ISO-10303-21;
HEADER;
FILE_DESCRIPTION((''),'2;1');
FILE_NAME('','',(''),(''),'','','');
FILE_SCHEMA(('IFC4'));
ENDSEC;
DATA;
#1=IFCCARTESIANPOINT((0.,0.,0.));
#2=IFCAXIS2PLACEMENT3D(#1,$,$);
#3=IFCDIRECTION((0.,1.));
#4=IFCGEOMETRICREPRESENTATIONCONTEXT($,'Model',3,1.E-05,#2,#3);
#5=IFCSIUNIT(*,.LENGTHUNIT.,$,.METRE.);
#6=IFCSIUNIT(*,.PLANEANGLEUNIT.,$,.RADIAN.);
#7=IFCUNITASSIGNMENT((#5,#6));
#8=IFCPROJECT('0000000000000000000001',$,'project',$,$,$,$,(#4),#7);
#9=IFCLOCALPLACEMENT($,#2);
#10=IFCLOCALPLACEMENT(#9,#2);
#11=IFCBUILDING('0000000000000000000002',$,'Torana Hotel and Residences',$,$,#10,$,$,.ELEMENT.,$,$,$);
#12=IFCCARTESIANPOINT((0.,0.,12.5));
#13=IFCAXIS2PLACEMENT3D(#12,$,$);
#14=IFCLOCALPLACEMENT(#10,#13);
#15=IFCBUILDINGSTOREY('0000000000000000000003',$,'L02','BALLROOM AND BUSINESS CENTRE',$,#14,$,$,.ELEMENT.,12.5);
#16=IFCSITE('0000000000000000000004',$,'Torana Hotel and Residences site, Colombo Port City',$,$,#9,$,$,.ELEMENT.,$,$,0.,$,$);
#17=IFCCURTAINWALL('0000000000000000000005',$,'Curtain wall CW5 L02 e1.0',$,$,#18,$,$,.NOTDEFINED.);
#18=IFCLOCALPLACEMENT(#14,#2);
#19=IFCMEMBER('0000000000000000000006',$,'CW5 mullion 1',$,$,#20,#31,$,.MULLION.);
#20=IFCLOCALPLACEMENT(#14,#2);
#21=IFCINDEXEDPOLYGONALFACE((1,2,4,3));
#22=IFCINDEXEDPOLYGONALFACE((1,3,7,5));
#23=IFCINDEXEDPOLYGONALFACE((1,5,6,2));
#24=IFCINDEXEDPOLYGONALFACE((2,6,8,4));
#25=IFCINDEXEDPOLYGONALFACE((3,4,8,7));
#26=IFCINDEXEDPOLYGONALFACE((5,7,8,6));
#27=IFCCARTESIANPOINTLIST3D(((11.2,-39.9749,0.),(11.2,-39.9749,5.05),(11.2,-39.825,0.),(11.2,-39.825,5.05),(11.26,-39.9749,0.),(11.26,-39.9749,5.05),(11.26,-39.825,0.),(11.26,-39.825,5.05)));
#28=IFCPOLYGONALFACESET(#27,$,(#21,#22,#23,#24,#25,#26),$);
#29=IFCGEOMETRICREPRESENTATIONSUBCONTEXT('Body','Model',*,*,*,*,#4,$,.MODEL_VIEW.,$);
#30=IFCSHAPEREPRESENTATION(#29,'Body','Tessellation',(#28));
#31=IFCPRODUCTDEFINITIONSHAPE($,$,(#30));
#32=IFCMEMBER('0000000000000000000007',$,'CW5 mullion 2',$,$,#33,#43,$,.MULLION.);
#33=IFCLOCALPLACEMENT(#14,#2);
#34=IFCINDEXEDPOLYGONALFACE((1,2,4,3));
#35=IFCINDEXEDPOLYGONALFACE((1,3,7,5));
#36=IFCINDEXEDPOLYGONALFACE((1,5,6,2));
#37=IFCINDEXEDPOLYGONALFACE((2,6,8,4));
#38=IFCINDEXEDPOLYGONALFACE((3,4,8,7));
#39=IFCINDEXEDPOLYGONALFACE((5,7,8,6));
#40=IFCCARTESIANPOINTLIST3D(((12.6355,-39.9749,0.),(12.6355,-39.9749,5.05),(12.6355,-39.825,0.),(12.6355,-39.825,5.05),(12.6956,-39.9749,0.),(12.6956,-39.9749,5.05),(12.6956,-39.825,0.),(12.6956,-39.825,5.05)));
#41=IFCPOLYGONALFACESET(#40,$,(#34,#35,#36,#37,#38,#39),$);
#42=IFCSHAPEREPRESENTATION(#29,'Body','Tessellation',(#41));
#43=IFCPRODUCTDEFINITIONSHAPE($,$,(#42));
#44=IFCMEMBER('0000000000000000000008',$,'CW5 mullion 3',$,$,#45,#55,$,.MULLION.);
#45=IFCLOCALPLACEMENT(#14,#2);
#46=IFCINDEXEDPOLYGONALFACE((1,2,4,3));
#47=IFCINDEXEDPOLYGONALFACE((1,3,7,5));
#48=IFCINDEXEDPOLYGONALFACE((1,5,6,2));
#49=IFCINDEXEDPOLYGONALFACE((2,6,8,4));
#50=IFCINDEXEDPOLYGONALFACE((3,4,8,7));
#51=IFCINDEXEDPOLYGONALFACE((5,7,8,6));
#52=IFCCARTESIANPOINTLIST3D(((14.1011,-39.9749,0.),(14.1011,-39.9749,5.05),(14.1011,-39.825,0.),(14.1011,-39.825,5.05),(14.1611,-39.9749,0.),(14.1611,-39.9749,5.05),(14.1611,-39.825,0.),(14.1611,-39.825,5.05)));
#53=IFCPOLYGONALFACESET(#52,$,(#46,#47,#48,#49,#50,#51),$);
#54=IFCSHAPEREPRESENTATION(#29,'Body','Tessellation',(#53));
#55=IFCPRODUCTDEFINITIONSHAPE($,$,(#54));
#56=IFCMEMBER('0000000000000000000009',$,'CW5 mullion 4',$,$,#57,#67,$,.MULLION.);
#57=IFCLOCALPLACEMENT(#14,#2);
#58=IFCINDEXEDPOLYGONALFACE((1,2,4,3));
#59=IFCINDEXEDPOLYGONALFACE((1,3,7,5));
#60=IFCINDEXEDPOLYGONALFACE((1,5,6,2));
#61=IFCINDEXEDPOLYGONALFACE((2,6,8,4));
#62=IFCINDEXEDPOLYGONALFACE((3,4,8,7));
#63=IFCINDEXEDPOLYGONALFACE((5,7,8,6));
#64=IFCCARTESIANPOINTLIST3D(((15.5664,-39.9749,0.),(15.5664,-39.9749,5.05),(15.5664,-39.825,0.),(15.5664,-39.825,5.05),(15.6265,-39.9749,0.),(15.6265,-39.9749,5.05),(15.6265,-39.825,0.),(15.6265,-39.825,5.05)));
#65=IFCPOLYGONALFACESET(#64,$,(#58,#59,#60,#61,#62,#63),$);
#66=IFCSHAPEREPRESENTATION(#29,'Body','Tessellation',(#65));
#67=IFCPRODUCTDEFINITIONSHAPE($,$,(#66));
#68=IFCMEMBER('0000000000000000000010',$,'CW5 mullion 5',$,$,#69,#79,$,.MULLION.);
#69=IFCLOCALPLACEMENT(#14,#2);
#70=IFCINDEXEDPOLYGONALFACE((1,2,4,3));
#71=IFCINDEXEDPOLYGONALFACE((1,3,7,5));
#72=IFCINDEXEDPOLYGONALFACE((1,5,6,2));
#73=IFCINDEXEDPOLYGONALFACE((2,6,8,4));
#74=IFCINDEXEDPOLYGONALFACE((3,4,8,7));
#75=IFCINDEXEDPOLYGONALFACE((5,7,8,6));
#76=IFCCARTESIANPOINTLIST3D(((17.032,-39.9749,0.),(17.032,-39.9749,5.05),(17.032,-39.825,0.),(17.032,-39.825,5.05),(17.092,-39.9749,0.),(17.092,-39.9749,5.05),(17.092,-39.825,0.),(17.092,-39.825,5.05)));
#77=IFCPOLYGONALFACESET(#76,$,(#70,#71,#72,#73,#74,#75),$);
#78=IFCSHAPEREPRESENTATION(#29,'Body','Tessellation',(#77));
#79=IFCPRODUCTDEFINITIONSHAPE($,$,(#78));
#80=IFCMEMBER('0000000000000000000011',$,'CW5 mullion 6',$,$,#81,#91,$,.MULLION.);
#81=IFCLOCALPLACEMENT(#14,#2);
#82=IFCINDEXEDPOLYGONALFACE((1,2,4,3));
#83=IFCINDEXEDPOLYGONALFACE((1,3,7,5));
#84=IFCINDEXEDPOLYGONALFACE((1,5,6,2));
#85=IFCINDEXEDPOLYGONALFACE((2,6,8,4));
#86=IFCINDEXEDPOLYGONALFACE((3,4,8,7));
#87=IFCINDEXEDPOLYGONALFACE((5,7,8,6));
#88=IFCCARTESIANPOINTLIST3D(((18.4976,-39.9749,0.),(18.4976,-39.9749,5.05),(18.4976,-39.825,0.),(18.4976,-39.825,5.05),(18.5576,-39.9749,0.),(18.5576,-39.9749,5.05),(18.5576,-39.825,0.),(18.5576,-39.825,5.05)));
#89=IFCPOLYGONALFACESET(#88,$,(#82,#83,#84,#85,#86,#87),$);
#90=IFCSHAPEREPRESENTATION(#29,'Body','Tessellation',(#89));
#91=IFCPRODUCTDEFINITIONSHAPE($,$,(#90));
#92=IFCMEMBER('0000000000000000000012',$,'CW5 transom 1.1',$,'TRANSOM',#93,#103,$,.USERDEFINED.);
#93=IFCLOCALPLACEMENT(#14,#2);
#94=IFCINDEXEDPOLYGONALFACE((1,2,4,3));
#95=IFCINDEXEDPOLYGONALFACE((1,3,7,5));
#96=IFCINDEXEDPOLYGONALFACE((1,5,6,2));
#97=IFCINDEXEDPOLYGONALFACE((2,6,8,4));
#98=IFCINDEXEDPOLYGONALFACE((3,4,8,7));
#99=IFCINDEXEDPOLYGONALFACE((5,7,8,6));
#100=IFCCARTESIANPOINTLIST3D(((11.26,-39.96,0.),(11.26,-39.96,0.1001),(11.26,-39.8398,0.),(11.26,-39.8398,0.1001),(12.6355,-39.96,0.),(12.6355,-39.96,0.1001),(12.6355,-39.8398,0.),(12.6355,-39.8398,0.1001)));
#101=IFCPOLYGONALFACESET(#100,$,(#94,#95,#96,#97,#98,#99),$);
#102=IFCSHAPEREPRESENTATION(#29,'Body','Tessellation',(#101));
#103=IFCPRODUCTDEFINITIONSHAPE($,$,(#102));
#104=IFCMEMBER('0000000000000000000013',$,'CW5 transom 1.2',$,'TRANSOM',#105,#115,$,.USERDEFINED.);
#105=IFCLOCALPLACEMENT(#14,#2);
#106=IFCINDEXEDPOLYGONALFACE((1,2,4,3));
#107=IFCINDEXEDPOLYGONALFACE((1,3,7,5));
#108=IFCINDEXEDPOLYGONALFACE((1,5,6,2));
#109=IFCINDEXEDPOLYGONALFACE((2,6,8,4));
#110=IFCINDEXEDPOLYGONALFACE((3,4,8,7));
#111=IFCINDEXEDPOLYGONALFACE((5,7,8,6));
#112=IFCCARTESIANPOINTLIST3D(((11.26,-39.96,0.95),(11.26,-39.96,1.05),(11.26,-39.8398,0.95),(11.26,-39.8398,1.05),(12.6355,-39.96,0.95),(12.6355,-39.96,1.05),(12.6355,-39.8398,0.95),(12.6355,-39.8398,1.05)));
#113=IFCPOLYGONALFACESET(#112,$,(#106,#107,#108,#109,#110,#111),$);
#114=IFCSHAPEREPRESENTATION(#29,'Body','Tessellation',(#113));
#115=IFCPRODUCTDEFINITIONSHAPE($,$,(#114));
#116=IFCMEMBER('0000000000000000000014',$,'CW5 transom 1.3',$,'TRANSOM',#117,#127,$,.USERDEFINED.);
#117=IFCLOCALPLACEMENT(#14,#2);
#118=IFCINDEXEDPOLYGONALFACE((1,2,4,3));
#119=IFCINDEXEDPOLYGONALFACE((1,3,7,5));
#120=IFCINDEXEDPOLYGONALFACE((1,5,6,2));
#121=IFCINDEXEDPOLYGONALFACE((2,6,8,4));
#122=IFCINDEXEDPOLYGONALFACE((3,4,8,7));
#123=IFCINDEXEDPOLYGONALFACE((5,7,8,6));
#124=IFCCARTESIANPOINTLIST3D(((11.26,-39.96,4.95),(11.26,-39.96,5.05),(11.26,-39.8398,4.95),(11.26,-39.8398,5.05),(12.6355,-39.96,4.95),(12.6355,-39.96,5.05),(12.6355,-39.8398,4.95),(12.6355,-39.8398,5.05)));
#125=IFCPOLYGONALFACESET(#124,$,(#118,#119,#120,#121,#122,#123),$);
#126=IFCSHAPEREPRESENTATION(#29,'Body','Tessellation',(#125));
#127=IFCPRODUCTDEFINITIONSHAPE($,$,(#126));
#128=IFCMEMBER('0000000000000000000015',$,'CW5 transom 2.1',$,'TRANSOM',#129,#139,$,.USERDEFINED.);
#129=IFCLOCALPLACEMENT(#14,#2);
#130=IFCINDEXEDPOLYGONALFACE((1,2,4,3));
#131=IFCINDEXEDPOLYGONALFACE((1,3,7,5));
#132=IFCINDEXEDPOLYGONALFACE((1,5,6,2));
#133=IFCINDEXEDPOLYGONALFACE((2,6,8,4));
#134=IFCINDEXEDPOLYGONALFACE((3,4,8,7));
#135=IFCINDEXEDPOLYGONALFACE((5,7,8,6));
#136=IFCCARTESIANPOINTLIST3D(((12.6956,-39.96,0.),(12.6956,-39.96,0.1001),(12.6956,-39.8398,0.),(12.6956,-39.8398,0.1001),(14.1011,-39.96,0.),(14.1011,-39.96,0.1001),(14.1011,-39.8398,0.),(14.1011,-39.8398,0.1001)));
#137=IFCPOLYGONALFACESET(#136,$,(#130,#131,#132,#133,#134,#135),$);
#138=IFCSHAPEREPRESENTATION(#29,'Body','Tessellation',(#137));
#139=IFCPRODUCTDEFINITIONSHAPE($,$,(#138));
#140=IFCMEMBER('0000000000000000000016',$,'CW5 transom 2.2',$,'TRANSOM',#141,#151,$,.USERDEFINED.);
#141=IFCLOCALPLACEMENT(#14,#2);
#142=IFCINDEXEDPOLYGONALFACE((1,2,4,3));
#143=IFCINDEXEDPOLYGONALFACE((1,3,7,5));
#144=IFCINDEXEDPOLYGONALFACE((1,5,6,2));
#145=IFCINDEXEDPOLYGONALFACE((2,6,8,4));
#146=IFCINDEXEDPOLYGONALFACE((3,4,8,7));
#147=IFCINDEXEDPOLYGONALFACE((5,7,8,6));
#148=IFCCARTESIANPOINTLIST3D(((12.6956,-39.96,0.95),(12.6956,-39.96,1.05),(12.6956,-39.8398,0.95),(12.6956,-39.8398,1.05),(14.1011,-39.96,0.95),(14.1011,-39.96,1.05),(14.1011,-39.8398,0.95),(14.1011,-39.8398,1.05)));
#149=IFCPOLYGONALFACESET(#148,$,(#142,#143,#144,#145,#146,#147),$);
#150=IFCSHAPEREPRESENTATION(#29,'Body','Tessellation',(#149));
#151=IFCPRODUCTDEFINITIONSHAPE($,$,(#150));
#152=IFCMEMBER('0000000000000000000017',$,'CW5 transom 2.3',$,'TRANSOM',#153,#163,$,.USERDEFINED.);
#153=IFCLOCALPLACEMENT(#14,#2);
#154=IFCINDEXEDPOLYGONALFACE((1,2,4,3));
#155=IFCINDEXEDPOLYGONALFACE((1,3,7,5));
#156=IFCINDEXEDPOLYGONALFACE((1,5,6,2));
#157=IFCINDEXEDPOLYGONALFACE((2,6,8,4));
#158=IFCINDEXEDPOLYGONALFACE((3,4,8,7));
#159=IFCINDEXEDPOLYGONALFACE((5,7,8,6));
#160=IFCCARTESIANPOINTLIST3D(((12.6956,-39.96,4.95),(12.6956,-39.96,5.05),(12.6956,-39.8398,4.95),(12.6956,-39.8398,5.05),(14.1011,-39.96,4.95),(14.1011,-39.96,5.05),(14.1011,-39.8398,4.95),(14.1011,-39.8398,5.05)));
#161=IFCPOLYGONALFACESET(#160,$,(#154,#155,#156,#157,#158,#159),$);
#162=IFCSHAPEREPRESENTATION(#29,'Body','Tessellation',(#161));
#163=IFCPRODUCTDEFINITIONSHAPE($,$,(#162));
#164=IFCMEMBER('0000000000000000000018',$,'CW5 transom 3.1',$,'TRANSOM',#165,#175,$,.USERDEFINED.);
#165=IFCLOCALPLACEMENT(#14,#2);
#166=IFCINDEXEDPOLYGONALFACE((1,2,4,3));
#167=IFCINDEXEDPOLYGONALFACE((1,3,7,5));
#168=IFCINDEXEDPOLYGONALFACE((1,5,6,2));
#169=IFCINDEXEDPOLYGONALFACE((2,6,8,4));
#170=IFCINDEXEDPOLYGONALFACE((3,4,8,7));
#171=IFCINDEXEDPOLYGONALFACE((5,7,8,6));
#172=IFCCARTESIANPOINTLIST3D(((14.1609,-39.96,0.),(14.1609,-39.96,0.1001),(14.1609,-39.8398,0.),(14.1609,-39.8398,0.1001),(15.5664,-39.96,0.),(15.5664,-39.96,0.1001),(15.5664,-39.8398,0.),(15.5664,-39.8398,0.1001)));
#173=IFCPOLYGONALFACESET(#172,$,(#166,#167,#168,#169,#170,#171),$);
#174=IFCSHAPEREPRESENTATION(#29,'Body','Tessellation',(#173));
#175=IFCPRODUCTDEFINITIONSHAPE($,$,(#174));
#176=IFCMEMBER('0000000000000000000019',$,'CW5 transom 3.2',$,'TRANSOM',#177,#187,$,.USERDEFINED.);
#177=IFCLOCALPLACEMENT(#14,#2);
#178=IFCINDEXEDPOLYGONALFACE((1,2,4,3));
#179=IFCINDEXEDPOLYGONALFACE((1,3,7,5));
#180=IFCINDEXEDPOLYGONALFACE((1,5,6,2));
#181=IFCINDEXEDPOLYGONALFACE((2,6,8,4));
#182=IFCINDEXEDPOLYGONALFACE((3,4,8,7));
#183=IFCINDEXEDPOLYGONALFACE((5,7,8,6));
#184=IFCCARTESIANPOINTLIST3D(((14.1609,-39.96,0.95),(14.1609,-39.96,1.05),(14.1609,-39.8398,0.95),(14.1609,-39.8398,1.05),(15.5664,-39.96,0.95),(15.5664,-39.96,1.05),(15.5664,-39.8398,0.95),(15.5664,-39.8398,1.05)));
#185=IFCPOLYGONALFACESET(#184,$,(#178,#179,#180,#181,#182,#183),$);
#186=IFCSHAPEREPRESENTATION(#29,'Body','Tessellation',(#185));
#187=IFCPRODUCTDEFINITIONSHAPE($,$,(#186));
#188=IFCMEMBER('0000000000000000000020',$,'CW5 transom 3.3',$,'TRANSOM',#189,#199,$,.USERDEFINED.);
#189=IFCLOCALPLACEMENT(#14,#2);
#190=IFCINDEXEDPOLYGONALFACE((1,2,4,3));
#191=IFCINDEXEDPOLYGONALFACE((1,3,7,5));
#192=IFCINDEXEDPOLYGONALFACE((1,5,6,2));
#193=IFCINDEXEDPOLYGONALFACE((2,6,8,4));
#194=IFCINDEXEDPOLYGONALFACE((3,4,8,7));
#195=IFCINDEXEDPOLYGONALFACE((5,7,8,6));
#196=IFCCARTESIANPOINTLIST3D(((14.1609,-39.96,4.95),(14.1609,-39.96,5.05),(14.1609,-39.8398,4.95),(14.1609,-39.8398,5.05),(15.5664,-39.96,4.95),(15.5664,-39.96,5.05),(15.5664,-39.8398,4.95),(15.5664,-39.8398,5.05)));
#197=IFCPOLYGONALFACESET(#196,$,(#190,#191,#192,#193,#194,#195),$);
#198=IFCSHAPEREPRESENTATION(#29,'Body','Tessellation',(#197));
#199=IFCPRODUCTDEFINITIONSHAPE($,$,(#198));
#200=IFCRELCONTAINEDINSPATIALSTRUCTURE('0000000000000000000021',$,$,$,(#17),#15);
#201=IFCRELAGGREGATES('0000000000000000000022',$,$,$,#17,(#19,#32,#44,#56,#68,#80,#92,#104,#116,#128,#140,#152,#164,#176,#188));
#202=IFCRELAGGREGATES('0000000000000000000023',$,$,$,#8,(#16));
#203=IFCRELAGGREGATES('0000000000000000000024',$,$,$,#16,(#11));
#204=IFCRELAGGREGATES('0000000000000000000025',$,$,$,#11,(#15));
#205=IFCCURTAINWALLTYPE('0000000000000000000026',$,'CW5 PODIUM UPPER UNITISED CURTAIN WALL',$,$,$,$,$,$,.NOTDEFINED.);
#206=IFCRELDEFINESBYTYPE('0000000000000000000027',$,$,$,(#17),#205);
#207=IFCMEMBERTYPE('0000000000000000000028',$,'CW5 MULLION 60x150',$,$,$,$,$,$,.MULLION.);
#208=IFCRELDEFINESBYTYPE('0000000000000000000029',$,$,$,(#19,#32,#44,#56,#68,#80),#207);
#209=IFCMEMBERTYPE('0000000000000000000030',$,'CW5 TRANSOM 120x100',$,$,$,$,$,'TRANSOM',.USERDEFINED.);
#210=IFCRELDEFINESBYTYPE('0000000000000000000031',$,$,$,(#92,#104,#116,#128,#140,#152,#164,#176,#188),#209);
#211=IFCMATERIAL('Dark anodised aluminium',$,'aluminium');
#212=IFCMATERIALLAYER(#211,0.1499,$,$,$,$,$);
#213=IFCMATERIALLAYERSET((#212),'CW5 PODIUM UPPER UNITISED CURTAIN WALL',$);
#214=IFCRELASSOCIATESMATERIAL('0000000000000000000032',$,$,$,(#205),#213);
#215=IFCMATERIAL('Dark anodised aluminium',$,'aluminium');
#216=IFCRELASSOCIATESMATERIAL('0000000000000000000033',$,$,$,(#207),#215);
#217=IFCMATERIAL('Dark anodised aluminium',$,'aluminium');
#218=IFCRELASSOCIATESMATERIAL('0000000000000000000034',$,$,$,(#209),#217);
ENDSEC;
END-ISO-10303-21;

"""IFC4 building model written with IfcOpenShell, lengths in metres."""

from ifc_helpers import new_model, si_unit, direction, frame, origin, origin_2d, place, context, subcontext, project, spatial, rectangle, extrude, material, layer, layer_set, material_profile, profile_set, type_object, element, aggregate, save


model = new_model("IFC4")

# Units and contexts
model_context = context("Model", 3, precision=1e-05, world=origin(), true_north=direction((0.0, 1.0)))
body_context = subcontext(model_context, "Body", "Model", "MODEL_VIEW")
ifc_project = project(units=[si_unit("LENGTHUNIT", "METRE"), si_unit("PLANEANGLEUNIT", "RADIAN")], contexts=[model_context])

# Site, building, storey
site_placement = place(None, origin())
site = spatial("IfcSite", under=ifc_project, at=site_placement, Name="Torana Hotel and Residences site, Colombo Port City", CompositionType="ELEMENT", RefElevation=0.0)
building_placement = place(site_placement, origin())
building = spatial("IfcBuilding", under=site, at=building_placement, Name="Torana Hotel and Residences", CompositionType="ELEMENT")
storey_placement = place(building_placement, frame((0.0, 0.0, 12.5)))
storey = spatial("IfcBuildingStorey", under=building, at=storey_placement, Name="L02", Description="BALLROOM AND BUSINESS CENTRE", CompositionType="ELEMENT", Elevation=12.5)

# Curtain wall, members
ifc_material_1 = material(Name="Dark anodised aluminium", Category="aluminium")
ifc_layer_1 = layer(ifc_material_1, 0.1499)
ifc_layer_set_1 = layer_set([ifc_layer_1], Name="CW5 PODIUM UPPER UNITISED CURTAIN WALL")
curtain_wall_type = type_object("IfcCurtainWallType", Name="CW5 PODIUM UPPER UNITISED CURTAIN WALL", PredefinedType="NOTDEFINED", material=ifc_layer_set_1)
curtain_wall_placement = place(storey_placement, origin())
curtain_wall = element("IfcCurtainWall", 1, at=curtain_wall_placement, inside=storey, type_object=curtain_wall_type, Name="Curtain wall CW5 L02 e1.0", PredefinedType="NOTDEFINED")
ifc_material_2 = material(Name="Dark anodised aluminium", Category="aluminium")
ifc_material_profile_1 = material_profile(ifc_material_2, rectangle(XDim=0.1499, YDim=0.0601, at=origin_2d()), Name="CW5 MULLION 60x150")
ifc_profile_set_1 = profile_set([ifc_material_profile_1], Name="Dark anodised aluminium")
member_type_1 = type_object("IfcMemberType", Name="CW5 MULLION 60x150", PredefinedType="MULLION", material=ifc_profile_set_1)
member_1_placement = place(storey_placement, frame((11.23, -39.8999, 0.0), z_axis=(0.0, 0.0, 1.0), x_axis=(0.0, 1.0, 0.0)))
member_1 = element("IfcMember", 2, at=member_1_placement, type_object=member_type_1, Name="CW5 mullion 1", PredefinedType="MULLION", context=body_context, shape_type="SweptSolid", body=[
    extrude(rectangle(XDim=0.1499, YDim=0.0601, at=origin_2d()), origin(), (0.0, 0.0, 1.0), 5.05),
])
member_2_placement = place(storey_placement, frame((12.6655, -39.8999, 0.0), z_axis=(0.0, 0.0, 1.0), x_axis=(0.0, 1.0, 0.0)))
member_2 = element("IfcMember", 3, at=member_2_placement, type_object=member_type_1, Name="CW5 mullion 2", PredefinedType="MULLION", context=body_context, shape_type="SweptSolid", body=[
    extrude(rectangle(XDim=0.1499, YDim=0.0601, at=origin_2d()), origin(), (0.0, 0.0, 1.0), 5.05),
])
member_3_placement = place(storey_placement, frame((14.1311, -39.8999, 0.0), z_axis=(0.0, 0.0, 1.0), x_axis=(0.0, 1.0, 0.0)))
member_3 = element("IfcMember", 4, at=member_3_placement, type_object=member_type_1, Name="CW5 mullion 3", PredefinedType="MULLION", context=body_context, shape_type="SweptSolid", body=[
    extrude(rectangle(XDim=0.1499, YDim=0.0601, at=origin_2d()), origin(), (0.0, 0.0, 1.0), 5.05),
])
member_4_placement = place(storey_placement, frame((15.5964, -39.8999, 0.0), z_axis=(0.0, 0.0, 1.0), x_axis=(0.0, 1.0, 0.0)))
member_4 = element("IfcMember", 5, at=member_4_placement, type_object=member_type_1, Name="CW5 mullion 4", PredefinedType="MULLION", context=body_context, shape_type="SweptSolid", body=[
    extrude(rectangle(XDim=0.1499, YDim=0.0601, at=origin_2d()), origin(), (0.0, 0.0, 1.0), 5.05),
])
member_5_placement = place(storey_placement, frame((17.062, -39.8999, 0.0), z_axis=(0.0, 0.0, 1.0), x_axis=(0.0, 1.0, 0.0)))
member_5 = element("IfcMember", 6, at=member_5_placement, type_object=member_type_1, Name="CW5 mullion 5", PredefinedType="MULLION", context=body_context, shape_type="SweptSolid", body=[
    extrude(rectangle(XDim=0.1499, YDim=0.0601, at=origin_2d()), origin(), (0.0, 0.0, 1.0), 5.05),
])
member_6_placement = place(storey_placement, frame((18.5276, -39.8999, 0.0), z_axis=(0.0, 0.0, 1.0), x_axis=(0.0, 1.0, 0.0)))
member_6 = element("IfcMember", 7, at=member_6_placement, type_object=member_type_1, Name="CW5 mullion 6", PredefinedType="MULLION", context=body_context, shape_type="SweptSolid", body=[
    extrude(rectangle(XDim=0.1499, YDim=0.0601, at=origin_2d()), origin(), (0.0, 0.0, 1.0), 5.05),
])
ifc_material_3 = material(Name="Dark anodised aluminium", Category="aluminium")
ifc_material_profile_2 = material_profile(ifc_material_3, rectangle(XDim=0.1201, YDim=0.1001, at=origin_2d()), Name="CW5 TRANSOM 120x100")
ifc_profile_set_2 = profile_set([ifc_material_profile_2], Name="Dark anodised aluminium")
member_type_2 = type_object("IfcMemberType", Name="CW5 TRANSOM 120x100", ElementType="TRANSOM", PredefinedType="USERDEFINED", material=ifc_profile_set_2)
member_7_placement = place(storey_placement, frame((11.26, -39.8999, 0.05), z_axis=(1.0, 0.0, 0.0), x_axis=(0.0, 1.0, 0.0)))
member_7 = element("IfcMember", 8, at=member_7_placement, type_object=member_type_2, Name="CW5 transom 1.1", ObjectType="TRANSOM", PredefinedType="USERDEFINED", context=body_context, shape_type="SweptSolid", body=[
    extrude(rectangle(XDim=0.1201, YDim=0.1001, at=origin_2d()), origin(), (0.0, 0.0, 1.0), 1.3755),
])
member_8_placement = place(storey_placement, frame((11.26, -39.8999, 1.0), z_axis=(1.0, 0.0, 0.0), x_axis=(0.0, 1.0, 0.0)))
member_8 = element("IfcMember", 9, at=member_8_placement, type_object=member_type_2, Name="CW5 transom 1.2", ObjectType="TRANSOM", PredefinedType="USERDEFINED", context=body_context, shape_type="SweptSolid", body=[
    extrude(rectangle(XDim=0.1201, YDim=0.1001, at=origin_2d()), origin(), (0.0, 0.0, 1.0), 1.3755),
])
member_9_placement = place(storey_placement, frame((11.26, -39.8999, 5.0), z_axis=(1.0, 0.0, 0.0), x_axis=(0.0, 1.0, 0.0)))
member_9 = element("IfcMember", 10, at=member_9_placement, type_object=member_type_2, Name="CW5 transom 1.3", ObjectType="TRANSOM", PredefinedType="USERDEFINED", context=body_context, shape_type="SweptSolid", body=[
    extrude(rectangle(XDim=0.1201, YDim=0.1001, at=origin_2d()), origin(), (0.0, 0.0, 1.0), 1.3755),
])
member_10_placement = place(storey_placement, frame((12.6956, -39.8999, 0.05), z_axis=(1.0, 0.0, 0.0), x_axis=(0.0, 1.0, 0.0)))
member_10 = element("IfcMember", 11, at=member_10_placement, type_object=member_type_2, Name="CW5 transom 2.1", ObjectType="TRANSOM", PredefinedType="USERDEFINED", context=body_context, shape_type="SweptSolid", body=[
    extrude(rectangle(XDim=0.1201, YDim=0.1001, at=origin_2d()), origin(), (0.0, 0.0, 1.0), 1.4055),
])
member_11_placement = place(storey_placement, frame((12.6956, -39.8999, 1.0), z_axis=(1.0, 0.0, 0.0), x_axis=(0.0, 1.0, 0.0)))
member_11 = element("IfcMember", 12, at=member_11_placement, type_object=member_type_2, Name="CW5 transom 2.2", ObjectType="TRANSOM", PredefinedType="USERDEFINED", context=body_context, shape_type="SweptSolid", body=[
    extrude(rectangle(XDim=0.1201, YDim=0.1001, at=origin_2d()), origin(), (0.0, 0.0, 1.0), 1.4055),
])
member_12_placement = place(storey_placement, frame((12.6956, -39.8999, 5.0), z_axis=(1.0, 0.0, 0.0), x_axis=(0.0, 1.0, 0.0)))
member_12 = element("IfcMember", 13, at=member_12_placement, type_object=member_type_2, Name="CW5 transom 2.3", ObjectType="TRANSOM", PredefinedType="USERDEFINED", context=body_context, shape_type="SweptSolid", body=[
    extrude(rectangle(XDim=0.1201, YDim=0.1001, at=origin_2d()), origin(), (0.0, 0.0, 1.0), 1.4055),
])
member_13_placement = place(storey_placement, frame((14.1609, -39.8999, 0.05), z_axis=(1.0, 0.0, 0.0), x_axis=(0.0, 1.0, 0.0)))
member_13 = element("IfcMember", 14, at=member_13_placement, type_object=member_type_2, Name="CW5 transom 3.1", ObjectType="TRANSOM", PredefinedType="USERDEFINED", context=body_context, shape_type="SweptSolid", body=[
    extrude(rectangle(XDim=0.1201, YDim=0.1001, at=origin_2d()), origin(), (0.0, 0.0, 1.0), 1.4055),
])
member_14_placement = place(storey_placement, frame((14.1609, -39.8999, 1.0), z_axis=(1.0, 0.0, 0.0), x_axis=(0.0, 1.0, 0.0)))
member_14 = element("IfcMember", 15, at=member_14_placement, type_object=member_type_2, Name="CW5 transom 3.2", ObjectType="TRANSOM", PredefinedType="USERDEFINED", context=body_context, shape_type="SweptSolid", body=[
    extrude(rectangle(XDim=0.1201, YDim=0.1001, at=origin_2d()), origin(), (0.0, 0.0, 1.0), 1.4055),
])
member_15_placement = place(storey_placement, frame((14.1609, -39.8999, 5.0), z_axis=(1.0, 0.0, 0.0), x_axis=(0.0, 1.0, 0.0)))
member_15 = element("IfcMember", 16, at=member_15_placement, type_object=member_type_2, Name="CW5 transom 3.3", ObjectType="TRANSOM", PredefinedType="USERDEFINED", context=body_context, shape_type="SweptSolid", body=[
    extrude(rectangle(XDim=0.1201, YDim=0.1001, at=origin_2d()), origin(), (0.0, 0.0, 1.0), 1.4055),
])
aggregate(curtain_wall, [member_1, member_2, member_3, member_4, member_5, member_6, member_7, member_8, member_9, member_10, member_11, member_12, member_13, member_14, member_15])

save(model, "model.ifc")
